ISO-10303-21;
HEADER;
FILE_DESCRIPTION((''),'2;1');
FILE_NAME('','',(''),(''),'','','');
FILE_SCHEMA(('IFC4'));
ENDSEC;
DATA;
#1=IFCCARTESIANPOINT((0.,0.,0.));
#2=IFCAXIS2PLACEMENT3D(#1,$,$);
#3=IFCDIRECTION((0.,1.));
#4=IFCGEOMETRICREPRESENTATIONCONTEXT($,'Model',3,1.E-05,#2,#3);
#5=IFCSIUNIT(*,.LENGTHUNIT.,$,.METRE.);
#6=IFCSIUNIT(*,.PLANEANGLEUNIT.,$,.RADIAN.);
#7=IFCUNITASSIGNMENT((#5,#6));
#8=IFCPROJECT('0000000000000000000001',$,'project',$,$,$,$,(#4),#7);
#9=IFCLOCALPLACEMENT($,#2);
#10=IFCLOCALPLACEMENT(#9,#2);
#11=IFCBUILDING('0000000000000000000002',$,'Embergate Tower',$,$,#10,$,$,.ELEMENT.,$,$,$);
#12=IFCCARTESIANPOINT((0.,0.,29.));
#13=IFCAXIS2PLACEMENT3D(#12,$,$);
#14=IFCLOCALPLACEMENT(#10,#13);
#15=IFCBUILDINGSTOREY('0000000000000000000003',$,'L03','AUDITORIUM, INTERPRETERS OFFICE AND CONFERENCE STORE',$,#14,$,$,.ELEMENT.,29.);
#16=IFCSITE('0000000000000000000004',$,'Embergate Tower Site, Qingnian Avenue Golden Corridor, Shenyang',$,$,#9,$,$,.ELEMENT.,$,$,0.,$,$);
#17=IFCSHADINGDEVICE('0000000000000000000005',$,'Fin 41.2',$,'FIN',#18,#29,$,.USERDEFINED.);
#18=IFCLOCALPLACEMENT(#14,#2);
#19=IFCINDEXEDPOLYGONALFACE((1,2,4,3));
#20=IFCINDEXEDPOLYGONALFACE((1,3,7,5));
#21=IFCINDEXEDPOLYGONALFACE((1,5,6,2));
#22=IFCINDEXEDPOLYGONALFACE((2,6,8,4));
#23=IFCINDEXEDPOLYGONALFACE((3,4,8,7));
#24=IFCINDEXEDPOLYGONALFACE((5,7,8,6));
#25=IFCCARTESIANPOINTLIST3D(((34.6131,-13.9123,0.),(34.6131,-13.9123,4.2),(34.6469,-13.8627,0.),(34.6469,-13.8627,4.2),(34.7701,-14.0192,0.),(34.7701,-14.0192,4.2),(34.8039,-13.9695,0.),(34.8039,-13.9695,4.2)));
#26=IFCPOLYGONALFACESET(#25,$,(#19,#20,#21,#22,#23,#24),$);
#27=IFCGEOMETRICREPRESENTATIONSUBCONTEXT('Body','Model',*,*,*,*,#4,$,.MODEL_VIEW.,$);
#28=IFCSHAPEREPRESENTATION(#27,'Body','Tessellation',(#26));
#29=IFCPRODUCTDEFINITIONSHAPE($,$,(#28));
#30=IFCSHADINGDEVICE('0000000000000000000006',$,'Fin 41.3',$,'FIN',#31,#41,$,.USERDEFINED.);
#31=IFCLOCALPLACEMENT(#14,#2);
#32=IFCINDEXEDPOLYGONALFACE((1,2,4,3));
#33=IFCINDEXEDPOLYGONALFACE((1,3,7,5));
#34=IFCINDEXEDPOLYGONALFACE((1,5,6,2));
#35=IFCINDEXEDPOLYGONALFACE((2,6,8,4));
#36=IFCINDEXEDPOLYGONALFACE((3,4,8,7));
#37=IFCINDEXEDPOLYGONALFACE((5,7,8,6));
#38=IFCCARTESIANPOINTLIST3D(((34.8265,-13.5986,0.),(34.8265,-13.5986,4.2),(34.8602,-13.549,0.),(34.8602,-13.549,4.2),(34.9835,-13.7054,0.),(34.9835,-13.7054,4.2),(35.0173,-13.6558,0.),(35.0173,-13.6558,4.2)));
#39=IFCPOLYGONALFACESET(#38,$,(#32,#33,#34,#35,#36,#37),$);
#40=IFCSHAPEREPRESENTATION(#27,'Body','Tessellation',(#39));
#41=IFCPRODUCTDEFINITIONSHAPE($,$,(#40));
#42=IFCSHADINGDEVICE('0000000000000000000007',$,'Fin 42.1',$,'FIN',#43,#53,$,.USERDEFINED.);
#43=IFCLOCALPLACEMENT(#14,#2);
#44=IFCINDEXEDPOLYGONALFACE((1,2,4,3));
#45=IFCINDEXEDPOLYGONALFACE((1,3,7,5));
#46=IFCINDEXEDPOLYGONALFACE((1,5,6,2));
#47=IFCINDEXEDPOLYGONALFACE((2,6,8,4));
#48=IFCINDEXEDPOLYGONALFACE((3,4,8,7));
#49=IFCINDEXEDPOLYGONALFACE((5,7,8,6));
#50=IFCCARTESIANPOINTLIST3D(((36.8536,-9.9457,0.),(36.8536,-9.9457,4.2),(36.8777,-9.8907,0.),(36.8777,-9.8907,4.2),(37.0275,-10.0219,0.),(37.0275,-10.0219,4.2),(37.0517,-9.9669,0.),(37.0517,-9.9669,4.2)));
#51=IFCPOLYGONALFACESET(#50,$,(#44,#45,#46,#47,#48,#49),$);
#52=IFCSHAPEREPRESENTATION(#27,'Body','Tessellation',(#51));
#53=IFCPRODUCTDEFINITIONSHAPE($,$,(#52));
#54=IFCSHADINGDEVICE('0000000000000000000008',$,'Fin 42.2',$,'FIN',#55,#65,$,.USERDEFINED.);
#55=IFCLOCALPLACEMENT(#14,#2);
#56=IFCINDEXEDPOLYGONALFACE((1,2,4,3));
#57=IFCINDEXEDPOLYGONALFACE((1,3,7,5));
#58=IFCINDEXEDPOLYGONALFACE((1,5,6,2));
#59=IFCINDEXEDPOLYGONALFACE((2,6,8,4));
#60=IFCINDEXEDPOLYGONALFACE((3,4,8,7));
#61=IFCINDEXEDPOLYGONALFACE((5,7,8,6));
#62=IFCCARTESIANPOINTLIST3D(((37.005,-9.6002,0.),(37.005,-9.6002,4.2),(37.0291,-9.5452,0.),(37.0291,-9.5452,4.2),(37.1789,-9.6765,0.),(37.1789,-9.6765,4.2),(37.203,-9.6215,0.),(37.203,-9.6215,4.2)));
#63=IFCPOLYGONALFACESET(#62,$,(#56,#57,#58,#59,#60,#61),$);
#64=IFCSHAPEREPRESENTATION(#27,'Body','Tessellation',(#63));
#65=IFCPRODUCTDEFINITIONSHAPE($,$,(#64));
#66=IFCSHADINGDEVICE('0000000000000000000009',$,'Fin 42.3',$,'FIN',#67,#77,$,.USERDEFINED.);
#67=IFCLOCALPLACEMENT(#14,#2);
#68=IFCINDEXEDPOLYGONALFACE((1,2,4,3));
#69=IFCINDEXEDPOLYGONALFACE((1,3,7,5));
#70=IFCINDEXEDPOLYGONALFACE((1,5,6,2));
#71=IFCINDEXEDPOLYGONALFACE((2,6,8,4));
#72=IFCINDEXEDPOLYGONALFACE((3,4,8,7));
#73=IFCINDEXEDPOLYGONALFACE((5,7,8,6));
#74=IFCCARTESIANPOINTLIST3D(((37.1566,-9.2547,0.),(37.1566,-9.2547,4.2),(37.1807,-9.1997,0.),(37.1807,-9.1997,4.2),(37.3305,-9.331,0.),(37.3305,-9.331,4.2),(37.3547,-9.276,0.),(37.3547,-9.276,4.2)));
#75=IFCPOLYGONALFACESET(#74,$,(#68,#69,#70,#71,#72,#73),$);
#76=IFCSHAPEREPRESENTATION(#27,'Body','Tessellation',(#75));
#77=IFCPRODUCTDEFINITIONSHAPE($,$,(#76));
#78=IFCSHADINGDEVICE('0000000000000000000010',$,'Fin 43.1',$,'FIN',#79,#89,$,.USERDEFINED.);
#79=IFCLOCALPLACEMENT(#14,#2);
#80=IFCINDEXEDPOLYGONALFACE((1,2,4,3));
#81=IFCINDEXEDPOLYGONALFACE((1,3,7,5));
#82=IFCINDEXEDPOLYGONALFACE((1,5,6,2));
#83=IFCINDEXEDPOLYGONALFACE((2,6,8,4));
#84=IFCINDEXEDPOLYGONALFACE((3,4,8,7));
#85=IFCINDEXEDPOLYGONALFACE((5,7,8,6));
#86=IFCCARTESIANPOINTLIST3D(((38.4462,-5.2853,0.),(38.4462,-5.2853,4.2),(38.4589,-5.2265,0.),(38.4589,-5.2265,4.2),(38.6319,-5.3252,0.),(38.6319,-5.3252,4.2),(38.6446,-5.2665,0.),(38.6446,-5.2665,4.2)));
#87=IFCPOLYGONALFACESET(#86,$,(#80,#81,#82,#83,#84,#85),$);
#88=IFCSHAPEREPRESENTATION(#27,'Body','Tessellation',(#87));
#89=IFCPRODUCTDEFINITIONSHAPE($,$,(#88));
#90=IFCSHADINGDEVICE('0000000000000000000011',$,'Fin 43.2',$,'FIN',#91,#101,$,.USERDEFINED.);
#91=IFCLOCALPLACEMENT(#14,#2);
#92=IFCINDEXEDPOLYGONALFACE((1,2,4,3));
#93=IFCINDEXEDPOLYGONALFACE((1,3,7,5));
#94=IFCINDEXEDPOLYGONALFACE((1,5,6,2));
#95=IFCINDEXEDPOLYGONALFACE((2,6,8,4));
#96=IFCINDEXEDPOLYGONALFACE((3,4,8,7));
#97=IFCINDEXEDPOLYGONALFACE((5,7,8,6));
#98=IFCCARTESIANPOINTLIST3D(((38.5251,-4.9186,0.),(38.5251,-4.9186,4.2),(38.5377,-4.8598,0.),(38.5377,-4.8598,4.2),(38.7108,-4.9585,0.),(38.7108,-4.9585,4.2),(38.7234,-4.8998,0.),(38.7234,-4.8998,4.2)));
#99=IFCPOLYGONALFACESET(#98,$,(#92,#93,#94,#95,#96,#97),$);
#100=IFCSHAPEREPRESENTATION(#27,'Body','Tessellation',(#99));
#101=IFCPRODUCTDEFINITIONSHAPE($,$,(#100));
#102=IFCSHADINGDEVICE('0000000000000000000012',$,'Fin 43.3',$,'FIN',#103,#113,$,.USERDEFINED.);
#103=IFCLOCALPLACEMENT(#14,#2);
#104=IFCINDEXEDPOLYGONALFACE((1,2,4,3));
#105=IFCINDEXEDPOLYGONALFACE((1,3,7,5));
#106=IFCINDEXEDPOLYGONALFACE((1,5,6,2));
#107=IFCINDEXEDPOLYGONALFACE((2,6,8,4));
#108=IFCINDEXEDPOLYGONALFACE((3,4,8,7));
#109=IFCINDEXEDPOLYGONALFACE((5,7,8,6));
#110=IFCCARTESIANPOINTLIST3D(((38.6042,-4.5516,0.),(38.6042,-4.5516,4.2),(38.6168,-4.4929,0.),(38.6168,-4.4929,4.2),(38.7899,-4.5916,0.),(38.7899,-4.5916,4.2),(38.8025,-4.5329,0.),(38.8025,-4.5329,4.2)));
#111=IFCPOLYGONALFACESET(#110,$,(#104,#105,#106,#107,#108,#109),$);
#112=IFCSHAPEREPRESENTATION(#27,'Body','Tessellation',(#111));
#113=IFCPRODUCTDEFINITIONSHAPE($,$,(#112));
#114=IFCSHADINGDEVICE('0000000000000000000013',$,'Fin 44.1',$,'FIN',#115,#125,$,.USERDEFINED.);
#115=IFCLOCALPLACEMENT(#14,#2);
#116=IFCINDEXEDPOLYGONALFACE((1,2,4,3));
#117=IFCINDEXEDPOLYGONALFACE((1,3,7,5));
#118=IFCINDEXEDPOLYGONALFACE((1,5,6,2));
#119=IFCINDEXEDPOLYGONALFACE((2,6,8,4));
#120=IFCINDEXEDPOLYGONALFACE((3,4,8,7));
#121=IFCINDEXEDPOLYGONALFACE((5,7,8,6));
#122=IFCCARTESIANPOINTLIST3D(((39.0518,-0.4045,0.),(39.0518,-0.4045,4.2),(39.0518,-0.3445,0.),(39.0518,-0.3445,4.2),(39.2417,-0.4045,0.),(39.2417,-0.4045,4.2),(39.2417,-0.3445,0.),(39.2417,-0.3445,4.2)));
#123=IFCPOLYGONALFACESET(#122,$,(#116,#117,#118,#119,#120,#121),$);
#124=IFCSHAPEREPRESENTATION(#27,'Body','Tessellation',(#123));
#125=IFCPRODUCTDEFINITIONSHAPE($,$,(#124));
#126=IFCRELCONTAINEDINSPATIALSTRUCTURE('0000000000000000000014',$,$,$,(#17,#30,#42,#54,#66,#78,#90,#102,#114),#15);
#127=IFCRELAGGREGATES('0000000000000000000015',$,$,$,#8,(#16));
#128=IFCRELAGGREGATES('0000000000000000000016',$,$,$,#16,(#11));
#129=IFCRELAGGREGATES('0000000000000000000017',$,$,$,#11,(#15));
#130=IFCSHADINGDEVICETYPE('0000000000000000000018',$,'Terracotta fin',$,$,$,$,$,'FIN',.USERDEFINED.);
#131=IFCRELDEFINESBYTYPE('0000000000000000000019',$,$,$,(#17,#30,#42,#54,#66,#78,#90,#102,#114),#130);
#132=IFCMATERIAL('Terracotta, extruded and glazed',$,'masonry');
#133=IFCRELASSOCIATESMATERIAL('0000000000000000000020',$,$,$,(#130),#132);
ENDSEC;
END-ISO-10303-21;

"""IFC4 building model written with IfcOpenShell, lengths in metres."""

from ifc_helpers import new_model, si_unit, direction, frame, origin, origin_2d, place, context, subcontext, project, spatial, rectangle, extrude, source, transform, mapped, material, material_profile, profile_set, type_object, element, save


model = new_model("IFC4")

# Units and contexts
model_context = context("Model", 3, precision=1e-05, world=origin(), true_north=direction((0.0, 1.0)))
body_context = subcontext(model_context, "Body", "Model", "MODEL_VIEW")
ifc_project = project(units=[si_unit("LENGTHUNIT", "METRE"), si_unit("PLANEANGLEUNIT", "RADIAN")], contexts=[model_context])

# Site, building, storey
site_placement = place(None, origin())
site = spatial("IfcSite", under=ifc_project, at=site_placement, Name="Embergate Tower Site, Qingnian Avenue Golden Corridor, Shenyang", CompositionType="ELEMENT", RefElevation=0.0)
building_placement = place(site_placement, origin())
building = spatial("IfcBuilding", under=site, at=building_placement, Name="Embergate Tower", CompositionType="ELEMENT")
storey_placement = place(building_placement, frame((0.0, 0.0, 29.0)))
storey = spatial("IfcBuildingStorey", under=building, at=storey_placement, Name="L03", Description="AUDITORIUM, INTERPRETERS OFFICE AND CONFERENCE STORE", CompositionType="ELEMENT", Elevation=29.0)

# Shading devices
ifc_material_1 = material(Name="Terracotta, extruded and glazed", Category="masonry")
ifc_material_profile_1 = material_profile(ifc_material_1, rectangle(XDim=0.1899, YDim=0.0601, at=origin_2d()), Name="TC 190x60")
ifc_profile_set_1 = profile_set([ifc_material_profile_1], Name="Terracotta, extruded and glazed")
shading_device_type = type_object("IfcShadingDeviceType", Name="Terracotta fin", ElementType="FIN", PredefinedType="USERDEFINED", material=ifc_profile_set_1)
shared_shape_1 = source(origin(), body_context, "Body", "SweptSolid", [
    extrude(rectangle(XDim=0.1899, YDim=0.0601, at=origin_2d()), origin(), (0.0, 0.0, 1.0), 4.2),
])
for number, where, z_axis, x_axis, name in (
    (1, (34.7085, -13.9409, 0.0), (0.0, 0.0, 1.0), (-0.826911, 0.562333, 0.0), "Fin 41.2"),
    (2, (34.9219, -13.6272, 0.0), (0.0, 0.0, 1.0), (-0.826911, 0.562333, 0.0), "Fin 41.3"),
    (3, (36.9526, -9.9563, 0.0), (0.0, 0.0, 1.0), (-0.915796, 0.401644, 0.0), "Fin 42.1"),
    (4, (37.104, -9.6108, 0.0), (0.0, 0.0, 1.0), (-0.915796, 0.401644, 0.0), "Fin 42.2"),
    (5, (37.2556, -9.2654, 0.0), (0.0, 0.0, 1.0), (-0.915796, 0.401644, 0.0), "Fin 42.3"),
    (6, (38.5454, -5.2759, 0.0), (0.0, 0.0, 1.0), (-0.977617, 0.210393, 0.0), "Fin 43.1"),
    (7, (38.6243, -4.9092, 0.0), (0.0, 0.0, 1.0), (-0.977617, 0.210393, 0.0), "Fin 43.2"),
    (8, (38.7034, -4.5422, 0.0), (0.0, 0.0, 1.0), (-0.977617, 0.210393, 0.0), "Fin 43.3"),
    (9, (39.1467, -0.3745, 0.0), (0.0, 0.0, 1.0), (-1.0, 0.0, 0.0), "Fin 44.1"),
):
    element("IfcShadingDevice", number, at=place(storey_placement, frame(where, z_axis=z_axis, x_axis=x_axis)), inside=storey, type_object=shading_device_type, Name=name, ObjectType="FIN", PredefinedType="USERDEFINED", context=body_context, shape_type="MappedRepresentation", body=[
        mapped(shared_shape_1, transform((0.0, 0.0, 0.0))),
    ])

save(model, "model.ifc")
